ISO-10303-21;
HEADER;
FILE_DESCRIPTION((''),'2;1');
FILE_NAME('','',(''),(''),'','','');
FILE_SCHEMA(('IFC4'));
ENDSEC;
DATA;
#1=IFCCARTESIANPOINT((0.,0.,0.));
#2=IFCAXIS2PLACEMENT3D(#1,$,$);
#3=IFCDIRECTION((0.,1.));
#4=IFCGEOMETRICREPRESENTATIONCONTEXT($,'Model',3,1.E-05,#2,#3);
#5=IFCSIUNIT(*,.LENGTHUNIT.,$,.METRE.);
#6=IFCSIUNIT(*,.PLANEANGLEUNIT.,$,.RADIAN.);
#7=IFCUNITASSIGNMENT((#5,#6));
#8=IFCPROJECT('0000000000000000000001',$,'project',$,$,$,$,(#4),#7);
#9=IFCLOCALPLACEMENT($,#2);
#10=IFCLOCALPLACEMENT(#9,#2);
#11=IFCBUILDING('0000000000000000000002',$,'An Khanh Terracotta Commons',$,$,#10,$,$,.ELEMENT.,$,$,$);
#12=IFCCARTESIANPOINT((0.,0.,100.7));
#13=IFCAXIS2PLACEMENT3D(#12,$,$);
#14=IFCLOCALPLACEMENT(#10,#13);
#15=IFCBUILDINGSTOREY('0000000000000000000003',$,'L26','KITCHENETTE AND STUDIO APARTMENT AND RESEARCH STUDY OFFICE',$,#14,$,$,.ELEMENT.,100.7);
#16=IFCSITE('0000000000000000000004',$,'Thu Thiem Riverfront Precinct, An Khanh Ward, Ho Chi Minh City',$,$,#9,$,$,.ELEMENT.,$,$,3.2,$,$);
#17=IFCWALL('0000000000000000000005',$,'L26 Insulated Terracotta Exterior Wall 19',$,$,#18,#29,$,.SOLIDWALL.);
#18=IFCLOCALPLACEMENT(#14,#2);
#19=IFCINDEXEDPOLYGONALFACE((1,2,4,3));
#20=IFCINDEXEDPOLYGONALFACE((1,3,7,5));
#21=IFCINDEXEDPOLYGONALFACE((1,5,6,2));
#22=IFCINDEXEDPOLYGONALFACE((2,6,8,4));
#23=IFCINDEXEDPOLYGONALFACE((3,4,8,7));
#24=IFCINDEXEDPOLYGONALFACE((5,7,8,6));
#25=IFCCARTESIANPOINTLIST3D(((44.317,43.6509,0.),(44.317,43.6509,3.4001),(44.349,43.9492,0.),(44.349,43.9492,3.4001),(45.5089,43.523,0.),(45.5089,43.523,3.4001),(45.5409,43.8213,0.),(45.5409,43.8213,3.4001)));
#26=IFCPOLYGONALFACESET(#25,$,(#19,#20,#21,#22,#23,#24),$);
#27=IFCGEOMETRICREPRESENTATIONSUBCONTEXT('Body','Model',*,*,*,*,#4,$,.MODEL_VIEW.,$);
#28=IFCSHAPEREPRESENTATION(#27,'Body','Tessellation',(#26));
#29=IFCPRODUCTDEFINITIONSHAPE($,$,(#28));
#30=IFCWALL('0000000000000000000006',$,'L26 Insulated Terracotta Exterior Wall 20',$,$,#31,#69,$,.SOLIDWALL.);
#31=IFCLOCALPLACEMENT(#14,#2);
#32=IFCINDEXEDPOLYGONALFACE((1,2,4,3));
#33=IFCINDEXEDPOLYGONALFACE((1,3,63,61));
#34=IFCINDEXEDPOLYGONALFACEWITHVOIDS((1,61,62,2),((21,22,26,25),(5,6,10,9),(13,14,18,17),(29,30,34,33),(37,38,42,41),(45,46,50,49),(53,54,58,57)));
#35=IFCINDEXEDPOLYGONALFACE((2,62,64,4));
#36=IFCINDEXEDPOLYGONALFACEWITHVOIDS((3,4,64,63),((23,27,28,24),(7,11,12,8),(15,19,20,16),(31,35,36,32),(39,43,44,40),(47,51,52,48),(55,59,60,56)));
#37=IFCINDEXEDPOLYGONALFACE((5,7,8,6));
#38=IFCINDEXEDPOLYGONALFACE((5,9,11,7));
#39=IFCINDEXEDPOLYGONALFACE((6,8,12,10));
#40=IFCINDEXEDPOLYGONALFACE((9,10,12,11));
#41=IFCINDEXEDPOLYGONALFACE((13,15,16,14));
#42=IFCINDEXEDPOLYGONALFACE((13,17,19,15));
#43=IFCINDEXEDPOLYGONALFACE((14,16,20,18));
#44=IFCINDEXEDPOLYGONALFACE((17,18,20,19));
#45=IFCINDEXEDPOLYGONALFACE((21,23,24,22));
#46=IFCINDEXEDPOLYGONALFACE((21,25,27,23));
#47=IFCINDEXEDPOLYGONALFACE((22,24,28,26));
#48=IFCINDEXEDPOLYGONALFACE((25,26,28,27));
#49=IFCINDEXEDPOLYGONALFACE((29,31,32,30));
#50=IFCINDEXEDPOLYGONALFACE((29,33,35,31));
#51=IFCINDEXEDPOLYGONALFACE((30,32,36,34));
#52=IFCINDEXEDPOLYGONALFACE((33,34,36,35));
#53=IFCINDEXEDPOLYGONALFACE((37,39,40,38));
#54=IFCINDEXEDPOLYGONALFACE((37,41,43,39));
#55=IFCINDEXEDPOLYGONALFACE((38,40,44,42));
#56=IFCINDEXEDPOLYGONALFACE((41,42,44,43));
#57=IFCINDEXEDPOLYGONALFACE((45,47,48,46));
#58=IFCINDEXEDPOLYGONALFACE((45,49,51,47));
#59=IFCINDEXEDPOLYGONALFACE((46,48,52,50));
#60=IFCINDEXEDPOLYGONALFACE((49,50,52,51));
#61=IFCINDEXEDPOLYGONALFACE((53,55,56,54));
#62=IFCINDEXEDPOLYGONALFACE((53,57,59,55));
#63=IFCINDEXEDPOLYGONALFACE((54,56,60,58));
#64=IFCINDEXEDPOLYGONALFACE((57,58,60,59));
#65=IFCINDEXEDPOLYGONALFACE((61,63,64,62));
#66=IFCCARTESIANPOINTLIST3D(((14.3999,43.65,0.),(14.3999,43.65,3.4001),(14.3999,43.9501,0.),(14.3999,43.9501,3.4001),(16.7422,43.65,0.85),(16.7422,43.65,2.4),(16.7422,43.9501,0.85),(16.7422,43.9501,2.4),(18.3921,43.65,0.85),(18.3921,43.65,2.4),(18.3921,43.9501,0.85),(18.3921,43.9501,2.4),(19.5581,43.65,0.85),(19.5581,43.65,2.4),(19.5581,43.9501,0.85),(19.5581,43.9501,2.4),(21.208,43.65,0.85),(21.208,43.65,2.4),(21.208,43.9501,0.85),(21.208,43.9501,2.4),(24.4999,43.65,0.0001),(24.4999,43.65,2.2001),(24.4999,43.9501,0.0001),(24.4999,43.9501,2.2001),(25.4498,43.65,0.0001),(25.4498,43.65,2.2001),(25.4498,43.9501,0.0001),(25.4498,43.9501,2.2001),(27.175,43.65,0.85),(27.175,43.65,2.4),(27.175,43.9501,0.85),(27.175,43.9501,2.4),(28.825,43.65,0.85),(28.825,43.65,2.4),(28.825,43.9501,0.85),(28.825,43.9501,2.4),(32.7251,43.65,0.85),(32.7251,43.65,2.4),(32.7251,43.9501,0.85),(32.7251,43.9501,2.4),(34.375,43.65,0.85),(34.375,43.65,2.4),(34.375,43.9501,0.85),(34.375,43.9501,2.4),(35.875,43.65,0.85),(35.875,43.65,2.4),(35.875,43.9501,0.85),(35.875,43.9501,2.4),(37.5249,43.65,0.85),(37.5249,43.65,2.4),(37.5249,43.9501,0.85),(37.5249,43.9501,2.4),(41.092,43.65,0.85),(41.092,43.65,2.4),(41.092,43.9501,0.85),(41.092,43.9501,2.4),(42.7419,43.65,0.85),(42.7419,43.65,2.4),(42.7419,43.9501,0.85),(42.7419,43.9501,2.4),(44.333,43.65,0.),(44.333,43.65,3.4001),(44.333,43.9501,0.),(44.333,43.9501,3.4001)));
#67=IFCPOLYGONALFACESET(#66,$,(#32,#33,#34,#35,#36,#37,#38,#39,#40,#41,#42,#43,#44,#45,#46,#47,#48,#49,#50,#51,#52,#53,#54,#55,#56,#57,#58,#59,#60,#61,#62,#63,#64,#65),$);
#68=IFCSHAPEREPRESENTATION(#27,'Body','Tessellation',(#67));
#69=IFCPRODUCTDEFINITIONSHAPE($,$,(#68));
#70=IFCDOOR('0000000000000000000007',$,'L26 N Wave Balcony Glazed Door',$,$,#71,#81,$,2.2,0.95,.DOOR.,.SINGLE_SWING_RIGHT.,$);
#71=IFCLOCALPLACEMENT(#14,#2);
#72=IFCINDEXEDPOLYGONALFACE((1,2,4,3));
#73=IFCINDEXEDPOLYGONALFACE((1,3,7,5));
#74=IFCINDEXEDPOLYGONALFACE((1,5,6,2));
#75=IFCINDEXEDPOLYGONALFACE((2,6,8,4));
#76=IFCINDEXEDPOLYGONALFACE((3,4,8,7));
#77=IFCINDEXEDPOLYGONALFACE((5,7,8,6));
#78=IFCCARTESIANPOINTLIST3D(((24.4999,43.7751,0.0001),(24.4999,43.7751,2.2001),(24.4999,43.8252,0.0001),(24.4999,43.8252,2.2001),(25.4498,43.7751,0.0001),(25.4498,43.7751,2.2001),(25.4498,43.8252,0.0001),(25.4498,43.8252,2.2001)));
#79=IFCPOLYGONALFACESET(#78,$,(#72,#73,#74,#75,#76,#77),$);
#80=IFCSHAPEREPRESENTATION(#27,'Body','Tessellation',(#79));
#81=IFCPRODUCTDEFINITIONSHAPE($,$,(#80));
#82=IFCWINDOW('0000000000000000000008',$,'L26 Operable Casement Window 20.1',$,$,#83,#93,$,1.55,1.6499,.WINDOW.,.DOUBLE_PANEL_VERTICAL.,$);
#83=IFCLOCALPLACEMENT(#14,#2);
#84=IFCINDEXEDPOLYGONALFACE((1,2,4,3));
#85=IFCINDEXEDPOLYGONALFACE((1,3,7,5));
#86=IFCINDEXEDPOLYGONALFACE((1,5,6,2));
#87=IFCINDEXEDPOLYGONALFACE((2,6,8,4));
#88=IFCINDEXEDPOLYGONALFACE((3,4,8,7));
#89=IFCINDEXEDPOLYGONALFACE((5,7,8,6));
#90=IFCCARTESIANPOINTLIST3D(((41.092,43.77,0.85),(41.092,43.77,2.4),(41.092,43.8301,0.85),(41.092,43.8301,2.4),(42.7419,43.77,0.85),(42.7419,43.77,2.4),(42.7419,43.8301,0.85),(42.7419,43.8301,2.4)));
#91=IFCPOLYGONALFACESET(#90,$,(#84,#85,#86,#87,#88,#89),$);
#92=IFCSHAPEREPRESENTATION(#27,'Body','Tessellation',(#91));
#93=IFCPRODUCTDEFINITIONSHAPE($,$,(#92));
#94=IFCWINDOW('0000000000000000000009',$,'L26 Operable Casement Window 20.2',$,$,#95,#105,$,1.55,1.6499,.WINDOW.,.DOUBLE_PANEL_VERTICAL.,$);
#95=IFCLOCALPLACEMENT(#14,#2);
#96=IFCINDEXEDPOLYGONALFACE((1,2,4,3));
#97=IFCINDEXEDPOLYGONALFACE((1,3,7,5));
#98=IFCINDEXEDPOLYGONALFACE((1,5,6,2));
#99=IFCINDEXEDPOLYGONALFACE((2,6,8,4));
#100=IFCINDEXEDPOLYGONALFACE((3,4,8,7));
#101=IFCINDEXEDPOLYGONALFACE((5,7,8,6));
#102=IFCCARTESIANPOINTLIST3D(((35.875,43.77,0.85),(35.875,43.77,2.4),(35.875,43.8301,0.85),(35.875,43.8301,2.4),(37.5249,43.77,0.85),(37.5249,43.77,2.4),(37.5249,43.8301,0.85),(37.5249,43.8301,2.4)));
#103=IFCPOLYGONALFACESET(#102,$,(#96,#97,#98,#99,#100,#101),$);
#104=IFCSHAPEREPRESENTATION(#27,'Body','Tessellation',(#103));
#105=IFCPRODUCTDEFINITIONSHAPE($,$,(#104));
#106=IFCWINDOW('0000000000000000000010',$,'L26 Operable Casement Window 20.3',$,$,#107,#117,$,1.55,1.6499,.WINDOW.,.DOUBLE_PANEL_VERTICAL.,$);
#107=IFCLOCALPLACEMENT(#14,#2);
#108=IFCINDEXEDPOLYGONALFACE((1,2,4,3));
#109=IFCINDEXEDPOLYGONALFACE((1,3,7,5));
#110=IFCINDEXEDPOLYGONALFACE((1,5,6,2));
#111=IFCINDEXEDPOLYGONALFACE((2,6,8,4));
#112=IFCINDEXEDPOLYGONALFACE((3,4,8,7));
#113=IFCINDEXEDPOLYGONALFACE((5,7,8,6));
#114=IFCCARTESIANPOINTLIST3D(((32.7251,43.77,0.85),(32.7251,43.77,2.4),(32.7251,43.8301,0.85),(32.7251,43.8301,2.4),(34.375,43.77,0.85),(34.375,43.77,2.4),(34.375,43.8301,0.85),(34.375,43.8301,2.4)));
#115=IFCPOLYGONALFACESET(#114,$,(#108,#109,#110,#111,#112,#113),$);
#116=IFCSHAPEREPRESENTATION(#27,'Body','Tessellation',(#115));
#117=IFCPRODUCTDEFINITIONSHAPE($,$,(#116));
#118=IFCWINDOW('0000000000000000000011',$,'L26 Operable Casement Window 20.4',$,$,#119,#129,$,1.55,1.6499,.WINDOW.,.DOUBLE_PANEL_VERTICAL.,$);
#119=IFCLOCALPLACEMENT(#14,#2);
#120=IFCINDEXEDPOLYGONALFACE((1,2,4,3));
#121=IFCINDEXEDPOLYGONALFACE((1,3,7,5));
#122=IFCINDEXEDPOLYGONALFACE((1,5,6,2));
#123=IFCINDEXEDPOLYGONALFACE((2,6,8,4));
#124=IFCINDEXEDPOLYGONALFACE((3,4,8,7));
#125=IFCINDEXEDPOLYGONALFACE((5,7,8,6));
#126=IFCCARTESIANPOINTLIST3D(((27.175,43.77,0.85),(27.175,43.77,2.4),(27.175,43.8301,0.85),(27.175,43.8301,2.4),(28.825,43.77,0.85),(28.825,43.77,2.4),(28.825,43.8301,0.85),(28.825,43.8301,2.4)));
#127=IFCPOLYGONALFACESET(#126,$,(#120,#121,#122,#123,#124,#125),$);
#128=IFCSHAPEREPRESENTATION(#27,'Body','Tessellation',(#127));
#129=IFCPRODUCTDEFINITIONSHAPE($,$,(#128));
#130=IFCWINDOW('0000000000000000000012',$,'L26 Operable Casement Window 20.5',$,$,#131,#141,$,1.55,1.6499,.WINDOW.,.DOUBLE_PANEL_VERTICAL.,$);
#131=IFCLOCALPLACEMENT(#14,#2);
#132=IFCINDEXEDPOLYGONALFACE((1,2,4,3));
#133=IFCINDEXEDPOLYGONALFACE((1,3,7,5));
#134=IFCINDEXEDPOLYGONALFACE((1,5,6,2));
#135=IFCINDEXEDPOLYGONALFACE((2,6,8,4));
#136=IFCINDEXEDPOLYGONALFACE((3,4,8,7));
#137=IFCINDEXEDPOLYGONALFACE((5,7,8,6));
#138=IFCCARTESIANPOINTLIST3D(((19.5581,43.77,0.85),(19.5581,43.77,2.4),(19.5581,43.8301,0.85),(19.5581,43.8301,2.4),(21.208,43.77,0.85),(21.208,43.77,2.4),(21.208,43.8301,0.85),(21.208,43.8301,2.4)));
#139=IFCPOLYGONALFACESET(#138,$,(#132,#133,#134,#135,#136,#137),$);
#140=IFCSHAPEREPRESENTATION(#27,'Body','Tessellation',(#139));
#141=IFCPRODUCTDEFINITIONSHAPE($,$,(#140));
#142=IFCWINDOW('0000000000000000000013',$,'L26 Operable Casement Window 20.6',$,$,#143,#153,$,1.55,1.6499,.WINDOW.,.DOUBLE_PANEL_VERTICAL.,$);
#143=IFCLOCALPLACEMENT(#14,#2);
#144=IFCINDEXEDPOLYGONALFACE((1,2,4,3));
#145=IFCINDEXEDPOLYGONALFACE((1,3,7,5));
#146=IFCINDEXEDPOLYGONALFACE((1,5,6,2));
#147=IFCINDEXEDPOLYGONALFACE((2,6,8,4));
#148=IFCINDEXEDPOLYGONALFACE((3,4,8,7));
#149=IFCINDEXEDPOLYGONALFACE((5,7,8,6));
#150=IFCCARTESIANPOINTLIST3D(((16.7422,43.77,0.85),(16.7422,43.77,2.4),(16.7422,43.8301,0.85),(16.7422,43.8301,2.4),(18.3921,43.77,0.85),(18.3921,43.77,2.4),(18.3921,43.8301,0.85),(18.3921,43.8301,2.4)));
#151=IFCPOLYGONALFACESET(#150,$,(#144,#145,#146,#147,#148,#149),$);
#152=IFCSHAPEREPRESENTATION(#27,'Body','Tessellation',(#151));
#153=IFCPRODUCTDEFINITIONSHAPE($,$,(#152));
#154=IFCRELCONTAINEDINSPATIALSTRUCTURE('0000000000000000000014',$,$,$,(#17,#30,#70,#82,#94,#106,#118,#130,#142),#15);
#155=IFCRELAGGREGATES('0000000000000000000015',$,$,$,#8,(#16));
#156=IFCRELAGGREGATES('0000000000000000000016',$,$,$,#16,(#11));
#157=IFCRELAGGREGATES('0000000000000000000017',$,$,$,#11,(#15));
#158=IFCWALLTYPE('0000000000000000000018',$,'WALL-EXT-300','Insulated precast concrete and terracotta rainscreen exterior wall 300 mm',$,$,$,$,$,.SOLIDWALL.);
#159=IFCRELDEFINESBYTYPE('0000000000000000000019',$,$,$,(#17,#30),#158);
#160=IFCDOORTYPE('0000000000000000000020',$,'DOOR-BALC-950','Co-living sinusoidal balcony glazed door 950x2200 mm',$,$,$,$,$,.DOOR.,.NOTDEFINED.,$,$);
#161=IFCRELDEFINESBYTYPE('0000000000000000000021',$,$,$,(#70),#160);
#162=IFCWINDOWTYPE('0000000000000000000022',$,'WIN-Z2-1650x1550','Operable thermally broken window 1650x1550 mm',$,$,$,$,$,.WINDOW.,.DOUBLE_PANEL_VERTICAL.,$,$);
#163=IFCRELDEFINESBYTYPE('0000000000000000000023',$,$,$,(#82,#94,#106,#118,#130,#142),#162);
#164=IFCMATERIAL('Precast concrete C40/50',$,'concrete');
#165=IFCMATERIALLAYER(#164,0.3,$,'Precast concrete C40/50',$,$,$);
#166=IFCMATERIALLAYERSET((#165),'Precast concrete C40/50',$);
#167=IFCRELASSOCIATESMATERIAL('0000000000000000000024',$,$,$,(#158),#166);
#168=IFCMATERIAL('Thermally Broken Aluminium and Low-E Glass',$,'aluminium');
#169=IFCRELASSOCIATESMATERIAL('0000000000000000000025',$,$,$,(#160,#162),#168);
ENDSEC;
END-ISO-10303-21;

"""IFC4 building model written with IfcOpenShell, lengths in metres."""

from ifc_helpers import new_model, si_unit, direction, frame, frame_2d, origin, place, context, subcontext, project, spatial, rectangle, extrude, material, layer, layer_set, type_object, element, fill, save


model = new_model("IFC4")

# Units and contexts
model_context = context("Model", 3, precision=1e-05, world=origin(), true_north=direction((0.0, 1.0)))
body_context = subcontext(model_context, "Body", "Model", "MODEL_VIEW")
ifc_project = project(units=[si_unit("LENGTHUNIT", "METRE"), si_unit("PLANEANGLEUNIT", "RADIAN")], contexts=[model_context])

# Site, building, storey
site_placement = place(None, origin())
site = spatial("IfcSite", under=ifc_project, at=site_placement, Name="Thu Thiem Riverfront Precinct, An Khanh Ward, Ho Chi Minh City", CompositionType="ELEMENT", RefElevation=3.2)
building_placement = place(site_placement, origin())
building = spatial("IfcBuilding", under=site, at=building_placement, Name="An Khanh Terracotta Commons", CompositionType="ELEMENT")
storey_placement = place(building_placement, frame((0.0, 0.0, 100.7)))
storey = spatial("IfcBuildingStorey", under=building, at=storey_placement, Name="L26", Description="KITCHENETTE AND STUDIO APARTMENT AND RESEARCH STUDY OFFICE", CompositionType="ELEMENT", Elevation=100.7)

# Wall
ifc_material_1 = material(Name="Precast concrete C40/50", Category="concrete")
ifc_layer_1 = layer(ifc_material_1, 0.3, Name="Precast concrete C40/50")
ifc_layer_set_1 = layer_set([ifc_layer_1], Name="Precast concrete C40/50")
wall_type = type_object("IfcWallType", Name="WALL-EXT-300", Description="Insulated precast concrete and terracotta rainscreen exterior wall 300 mm", PredefinedType="SOLIDWALL", material=ifc_layer_set_1)
wall_1_placement = place(storey_placement, frame((45.5249, 43.6721, 0.0), z_axis=(0.0, 0.0, 1.0), x_axis=(-0.994289, 0.10672, 0.0)))
element("IfcWall", 1, at=wall_1_placement, inside=storey, type_object=wall_type, Name="L26 Insulated Terracotta Exterior Wall 19", PredefinedType="SOLIDWALL", context=body_context, shape_type="SweptSolid", body=[
    extrude(rectangle(XDim=1.1987, YDim=0.3, at=frame_2d((0.5994, 0.0))), origin(), (0.0, 0.0, 1.0), 3.4001),
])

# Wall, openings, door, windows
wall_2_placement = place(storey_placement, frame((44.333, 43.8, 0.0), z_axis=(0.0, 0.0, 1.0), x_axis=(-1.0, 0.0, 0.0)))
wall_2 = element("IfcWall", 2, at=wall_2_placement, inside=storey, type_object=wall_type, Name="L26 Insulated Terracotta Exterior Wall 20", PredefinedType="SOLIDWALL", context=body_context, shape_type="SweptSolid", body=[
    extrude(rectangle(XDim=29.9331, YDim=0.3, at=frame_2d((14.9666, 0.0))), origin(), (0.0, 0.0, 1.0), 3.4001),
])
opening_1_placement = place(wall_2_placement, frame((18.8831, 0.0, 0.0)))
opening_1 = element("IfcOpeningElement", 3, at=opening_1_placement, cuts=wall_2, PredefinedType="OPENING", context=body_context, shape_type="SweptSolid", body=[
    extrude(rectangle(XDim=0.95, YDim=2.2, at=frame_2d((0.4751, 1.1001))), frame((0.0, 0.1599, 0.0), z_axis=(0.0, -1.0, 0.0), x_axis=(1.0, 0.0, 0.0)), (0.0, 0.0, 1.0), 0.3201),
])
opening_2_placement = place(wall_2_placement, frame((1.5911, 0.0, 0.8501)))
opening_2 = element("IfcOpeningElement", 4, at=opening_2_placement, cuts=wall_2, PredefinedType="OPENING", context=body_context, shape_type="SweptSolid", body=[
    extrude(rectangle(XDim=1.6499, YDim=1.55, at=frame_2d((0.825, 0.7749))), frame((0.0, 0.1599, 0.0), z_axis=(0.0, -1.0, 0.0), x_axis=(1.0, 0.0, 0.0)), (0.0, 0.0, 1.0), 0.3201),
])
opening_3_placement = place(wall_2_placement, frame((6.8081, 0.0, 0.8501)))
opening_3 = element("IfcOpeningElement", 5, at=opening_3_placement, cuts=wall_2, PredefinedType="OPENING", context=body_context, shape_type="SweptSolid", body=[
    extrude(rectangle(XDim=1.6499, YDim=1.55, at=frame_2d((0.825, 0.7749))), frame((0.0, 0.1599, 0.0), z_axis=(0.0, -1.0, 0.0), x_axis=(1.0, 0.0, 0.0)), (0.0, 0.0, 1.0), 0.3201),
])
opening_4_placement = place(wall_2_placement, frame((9.958, 0.0, 0.8501)))
opening_4 = element("IfcOpeningElement", 6, at=opening_4_placement, cuts=wall_2, PredefinedType="OPENING", context=body_context, shape_type="SweptSolid", body=[
    extrude(rectangle(XDim=1.6499, YDim=1.55, at=frame_2d((0.825, 0.7749))), frame((0.0, 0.1599, 0.0), z_axis=(0.0, -1.0, 0.0), x_axis=(1.0, 0.0, 0.0)), (0.0, 0.0, 1.0), 0.3201),
])
opening_5_placement = place(wall_2_placement, frame((15.5081, 0.0, 0.8501)))
opening_5 = element("IfcOpeningElement", 7, at=opening_5_placement, cuts=wall_2, PredefinedType="OPENING", context=body_context, shape_type="SweptSolid", body=[
    extrude(rectangle(XDim=1.6499, YDim=1.55, at=frame_2d((0.825, 0.7749))), frame((0.0, 0.1599, 0.0), z_axis=(0.0, -1.0, 0.0), x_axis=(1.0, 0.0, 0.0)), (0.0, 0.0, 1.0), 0.3201),
])
opening_6_placement = place(wall_2_placement, frame((23.125, 0.0, 0.8501)))
opening_6 = element("IfcOpeningElement", 8, at=opening_6_placement, cuts=wall_2, PredefinedType="OPENING", context=body_context, shape_type="SweptSolid", body=[
    extrude(rectangle(XDim=1.6499, YDim=1.55, at=frame_2d((0.825, 0.7749))), frame((0.0, 0.1599, 0.0), z_axis=(0.0, -1.0, 0.0), x_axis=(1.0, 0.0, 0.0)), (0.0, 0.0, 1.0), 0.3201),
])
opening_7_placement = place(wall_2_placement, frame((25.9409, 0.0, 0.8501)))
opening_7 = element("IfcOpeningElement", 9, at=opening_7_placement, cuts=wall_2, PredefinedType="OPENING", context=body_context, shape_type="SweptSolid", body=[
    extrude(rectangle(XDim=1.6499, YDim=1.55, at=frame_2d((0.825, 0.7749))), frame((0.0, 0.1599, 0.0), z_axis=(0.0, -1.0, 0.0), x_axis=(1.0, 0.0, 0.0)), (0.0, 0.0, 1.0), 0.3201),
])
ifc_material_2 = material(Name="Thermally Broken Aluminium and Low-E Glass", Category="aluminium")
door_type = type_object("IfcDoorType", Name="DOOR-BALC-950", Description="Co-living sinusoidal balcony glazed door 950x2200 mm", OperationType="NOTDEFINED", PredefinedType="DOOR", material=ifc_material_2)
door_placement = place(opening_1_placement, origin())
door = element("IfcDoor", 10, at=door_placement, inside=storey, type_object=door_type, Name="L26 N Wave Balcony Glazed Door", OperationType="SINGLE_SWING_RIGHT", OverallHeight=2.2, OverallWidth=0.95, PredefinedType="DOOR", context=body_context, shape_type="SweptSolid", body=[
    extrude(rectangle(XDim=0.95, YDim=2.2, at=frame_2d((0.4751, 1.1001))), frame((0.0, 0.0249, 0.0), z_axis=(0.0, -1.0, 0.0), x_axis=(1.0, 0.0, 0.0)), (0.0, 0.0, 1.0), 0.05),
])
fill(opening_1, door)
window_type = type_object("IfcWindowType", Name="WIN-Z2-1650x1550", Description="Operable thermally broken window 1650x1550 mm", PartitioningType="DOUBLE_PANEL_VERTICAL", PredefinedType="WINDOW", material=ifc_material_2)
window_1_placement = place(opening_2_placement, origin())
window_1 = element("IfcWindow", 11, at=window_1_placement, inside=storey, type_object=window_type, Name="L26 Operable Casement Window 20.1", OverallHeight=1.55, OverallWidth=1.6499, PartitioningType="DOUBLE_PANEL_VERTICAL", PredefinedType="WINDOW", context=body_context, shape_type="SweptSolid", body=[
    extrude(rectangle(XDim=1.6499, YDim=1.55, at=frame_2d((0.825, 0.7749))), frame((0.0, 0.03, 0.0), z_axis=(0.0, -1.0, 0.0), x_axis=(1.0, 0.0, 0.0)), (0.0, 0.0, 1.0), 0.0601),
])
fill(opening_2, window_1)
window_2_placement = place(opening_3_placement, origin())
window_2 = element("IfcWindow", 12, at=window_2_placement, inside=storey, type_object=window_type, Name="L26 Operable Casement Window 20.2", OverallHeight=1.55, OverallWidth=1.6499, PartitioningType="DOUBLE_PANEL_VERTICAL", PredefinedType="WINDOW", context=body_context, shape_type="SweptSolid", body=[
    extrude(rectangle(XDim=1.6499, YDim=1.55, at=frame_2d((0.825, 0.7749))), frame((0.0, 0.03, 0.0), z_axis=(0.0, -1.0, 0.0), x_axis=(1.0, 0.0, 0.0)), (0.0, 0.0, 1.0), 0.0601),
])
fill(opening_3, window_2)
window_3_placement = place(opening_4_placement, origin())
window_3 = element("IfcWindow", 13, at=window_3_placement, inside=storey, type_object=window_type, Name="L26 Operable Casement Window 20.3", OverallHeight=1.55, OverallWidth=1.6499, PartitioningType="DOUBLE_PANEL_VERTICAL", PredefinedType="WINDOW", context=body_context, shape_type="SweptSolid", body=[
    extrude(rectangle(XDim=1.6499, YDim=1.55, at=frame_2d((0.825, 0.7749))), frame((0.0, 0.03, 0.0), z_axis=(0.0, -1.0, 0.0), x_axis=(1.0, 0.0, 0.0)), (0.0, 0.0, 1.0), 0.0601),
])
fill(opening_4, window_3)
window_4_placement = place(opening_5_placement, origin())
window_4 = element("IfcWindow", 14, at=window_4_placement, inside=storey, type_object=window_type, Name="L26 Operable Casement Window 20.4", OverallHeight=1.55, OverallWidth=1.6499, PartitioningType="DOUBLE_PANEL_VERTICAL", PredefinedType="WINDOW", context=body_context, shape_type="SweptSolid", body=[
    extrude(rectangle(XDim=1.6499, YDim=1.55, at=frame_2d((0.825, 0.7749))), frame((0.0, 0.03, 0.0), z_axis=(0.0, -1.0, 0.0), x_axis=(1.0, 0.0, 0.0)), (0.0, 0.0, 1.0), 0.0601),
])
fill(opening_5, window_4)
window_5_placement = place(opening_6_placement, origin())
window_5 = element("IfcWindow", 15, at=window_5_placement, inside=storey, type_object=window_type, Name="L26 Operable Casement Window 20.5", OverallHeight=1.55, OverallWidth=1.6499, PartitioningType="DOUBLE_PANEL_VERTICAL", PredefinedType="WINDOW", context=body_context, shape_type="SweptSolid", body=[
    extrude(rectangle(XDim=1.6499, YDim=1.55, at=frame_2d((0.825, 0.7749))), frame((0.0, 0.03, 0.0), z_axis=(0.0, -1.0, 0.0), x_axis=(1.0, 0.0, 0.0)), (0.0, 0.0, 1.0), 0.0601),
])
fill(opening_6, window_5)
window_6_placement = place(opening_7_placement, origin())
window_6 = element("IfcWindow", 16, at=window_6_placement, inside=storey, type_object=window_type, Name="L26 Operable Casement Window 20.6", OverallHeight=1.55, OverallWidth=1.6499, PartitioningType="DOUBLE_PANEL_VERTICAL", PredefinedType="WINDOW", context=body_context, shape_type="SweptSolid", body=[
    extrude(rectangle(XDim=1.6499, YDim=1.55, at=frame_2d((0.825, 0.7749))), frame((0.0, 0.03, 0.0), z_axis=(0.0, -1.0, 0.0), x_axis=(1.0, 0.0, 0.0)), (0.0, 0.0, 1.0), 0.0601),
])
fill(opening_7, window_6)

save(model, "model.ifc")
